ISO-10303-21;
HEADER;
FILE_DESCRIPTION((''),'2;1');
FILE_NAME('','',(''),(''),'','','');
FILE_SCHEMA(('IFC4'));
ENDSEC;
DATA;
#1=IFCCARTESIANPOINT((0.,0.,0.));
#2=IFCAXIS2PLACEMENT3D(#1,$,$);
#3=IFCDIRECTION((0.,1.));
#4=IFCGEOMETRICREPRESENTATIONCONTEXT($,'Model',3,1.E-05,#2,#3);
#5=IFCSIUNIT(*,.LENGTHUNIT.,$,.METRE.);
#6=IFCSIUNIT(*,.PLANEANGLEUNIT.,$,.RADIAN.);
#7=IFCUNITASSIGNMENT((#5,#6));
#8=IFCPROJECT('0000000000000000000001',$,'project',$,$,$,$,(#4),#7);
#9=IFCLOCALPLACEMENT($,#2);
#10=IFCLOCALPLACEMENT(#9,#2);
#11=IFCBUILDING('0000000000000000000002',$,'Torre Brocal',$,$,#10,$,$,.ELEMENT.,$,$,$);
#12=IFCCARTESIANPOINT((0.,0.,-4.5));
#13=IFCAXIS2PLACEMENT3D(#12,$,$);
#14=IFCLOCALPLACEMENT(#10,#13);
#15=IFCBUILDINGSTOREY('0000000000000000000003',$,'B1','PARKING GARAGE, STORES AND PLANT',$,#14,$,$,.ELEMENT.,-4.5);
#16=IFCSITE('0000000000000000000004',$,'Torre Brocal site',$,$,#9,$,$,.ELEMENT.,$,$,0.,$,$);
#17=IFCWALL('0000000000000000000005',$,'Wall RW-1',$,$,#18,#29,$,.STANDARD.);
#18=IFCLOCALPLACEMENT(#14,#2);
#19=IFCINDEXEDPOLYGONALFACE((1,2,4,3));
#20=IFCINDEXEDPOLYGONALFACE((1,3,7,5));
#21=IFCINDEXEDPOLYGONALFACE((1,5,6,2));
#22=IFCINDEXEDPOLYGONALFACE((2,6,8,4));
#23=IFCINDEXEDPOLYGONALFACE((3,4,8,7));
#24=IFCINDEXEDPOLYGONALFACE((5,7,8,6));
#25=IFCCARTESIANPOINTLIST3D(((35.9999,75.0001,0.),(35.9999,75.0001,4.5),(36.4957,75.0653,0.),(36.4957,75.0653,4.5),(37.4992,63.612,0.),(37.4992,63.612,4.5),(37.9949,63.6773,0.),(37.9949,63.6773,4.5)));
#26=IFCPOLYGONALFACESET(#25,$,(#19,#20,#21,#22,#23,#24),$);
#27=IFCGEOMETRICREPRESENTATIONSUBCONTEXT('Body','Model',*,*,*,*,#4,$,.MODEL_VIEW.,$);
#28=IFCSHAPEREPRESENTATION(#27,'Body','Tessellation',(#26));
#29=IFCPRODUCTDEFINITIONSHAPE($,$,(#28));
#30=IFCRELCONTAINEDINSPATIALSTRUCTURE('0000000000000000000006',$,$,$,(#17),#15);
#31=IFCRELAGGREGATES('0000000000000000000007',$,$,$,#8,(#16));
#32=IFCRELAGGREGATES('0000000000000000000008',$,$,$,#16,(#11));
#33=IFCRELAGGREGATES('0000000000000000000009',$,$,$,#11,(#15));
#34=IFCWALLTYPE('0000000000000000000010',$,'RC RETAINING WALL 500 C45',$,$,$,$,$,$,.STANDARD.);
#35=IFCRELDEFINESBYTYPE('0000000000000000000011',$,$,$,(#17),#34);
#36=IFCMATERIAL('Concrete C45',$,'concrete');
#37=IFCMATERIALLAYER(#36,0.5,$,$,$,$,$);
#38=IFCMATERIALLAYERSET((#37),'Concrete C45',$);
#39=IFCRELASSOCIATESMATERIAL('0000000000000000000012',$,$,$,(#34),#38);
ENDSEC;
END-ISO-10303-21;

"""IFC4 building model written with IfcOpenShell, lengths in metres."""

from ifc_helpers import new_model, si_unit, direction, frame, frame_2d, origin, place, context, subcontext, project, spatial, rectangle, extrude, material, layer, layer_set, type_object, element, save


model = new_model("IFC4")

# Units and contexts
model_context = context("Model", 3, precision=1e-05, world=origin(), true_north=direction((0.0, 1.0)))
body_context = subcontext(model_context, "Body", "Model", "MODEL_VIEW")
ifc_project = project(units=[si_unit("LENGTHUNIT", "METRE"), si_unit("PLANEANGLEUNIT", "RADIAN")], contexts=[model_context])

# Site, building, storey
site_placement = place(None, origin())
site = spatial("IfcSite", under=ifc_project, at=site_placement, Name="Torre Brocal site", CompositionType="ELEMENT", RefElevation=0.0)
building_placement = place(site_placement, origin())
building = spatial("IfcBuilding", under=site, at=building_placement, Name="Torre Brocal", CompositionType="ELEMENT")
storey_placement = place(building_placement, frame((0.0, 0.0, -4.5)))
storey = spatial("IfcBuildingStorey", under=building, at=storey_placement, Name="B1", Description="PARKING GARAGE, STORES AND PLANT", CompositionType="ELEMENT", Elevation=-4.5)

# Wall
ifc_material_1 = material(Name="Concrete C45", Category="concrete")
ifc_layer_1 = layer(ifc_material_1, 0.5)
ifc_layer_set_1 = layer_set([ifc_layer_1], Name="Concrete C45")
wall_type_1 = type_object("IfcWallType", Name="RC RETAINING WALL 500 C45", PredefinedType="STANDARD", material=ifc_layer_set_1)
for number, where, z_axis, x_axis, name in (
    (1, (36.2478, 75.0327, 0.0), (0.0, 0.0, 1.0), (0.130525, -0.991445, 0.0), "Wall RW-1"),
):
    element("IfcWall", number, at=place(storey_placement, frame(where, z_axis=z_axis, x_axis=x_axis)), inside=storey, type_object=wall_type_1, Name=name, PredefinedType="STANDARD", context=body_context, shape_type="SweptSolid", body=[
        extrude(rectangle(XDim=11.4863, YDim=0.5, at=frame_2d((5.7432, 0.0))), origin(), (0.0, 0.0, 1.0), 4.5),
    ])

save(model, "model.ifc")
